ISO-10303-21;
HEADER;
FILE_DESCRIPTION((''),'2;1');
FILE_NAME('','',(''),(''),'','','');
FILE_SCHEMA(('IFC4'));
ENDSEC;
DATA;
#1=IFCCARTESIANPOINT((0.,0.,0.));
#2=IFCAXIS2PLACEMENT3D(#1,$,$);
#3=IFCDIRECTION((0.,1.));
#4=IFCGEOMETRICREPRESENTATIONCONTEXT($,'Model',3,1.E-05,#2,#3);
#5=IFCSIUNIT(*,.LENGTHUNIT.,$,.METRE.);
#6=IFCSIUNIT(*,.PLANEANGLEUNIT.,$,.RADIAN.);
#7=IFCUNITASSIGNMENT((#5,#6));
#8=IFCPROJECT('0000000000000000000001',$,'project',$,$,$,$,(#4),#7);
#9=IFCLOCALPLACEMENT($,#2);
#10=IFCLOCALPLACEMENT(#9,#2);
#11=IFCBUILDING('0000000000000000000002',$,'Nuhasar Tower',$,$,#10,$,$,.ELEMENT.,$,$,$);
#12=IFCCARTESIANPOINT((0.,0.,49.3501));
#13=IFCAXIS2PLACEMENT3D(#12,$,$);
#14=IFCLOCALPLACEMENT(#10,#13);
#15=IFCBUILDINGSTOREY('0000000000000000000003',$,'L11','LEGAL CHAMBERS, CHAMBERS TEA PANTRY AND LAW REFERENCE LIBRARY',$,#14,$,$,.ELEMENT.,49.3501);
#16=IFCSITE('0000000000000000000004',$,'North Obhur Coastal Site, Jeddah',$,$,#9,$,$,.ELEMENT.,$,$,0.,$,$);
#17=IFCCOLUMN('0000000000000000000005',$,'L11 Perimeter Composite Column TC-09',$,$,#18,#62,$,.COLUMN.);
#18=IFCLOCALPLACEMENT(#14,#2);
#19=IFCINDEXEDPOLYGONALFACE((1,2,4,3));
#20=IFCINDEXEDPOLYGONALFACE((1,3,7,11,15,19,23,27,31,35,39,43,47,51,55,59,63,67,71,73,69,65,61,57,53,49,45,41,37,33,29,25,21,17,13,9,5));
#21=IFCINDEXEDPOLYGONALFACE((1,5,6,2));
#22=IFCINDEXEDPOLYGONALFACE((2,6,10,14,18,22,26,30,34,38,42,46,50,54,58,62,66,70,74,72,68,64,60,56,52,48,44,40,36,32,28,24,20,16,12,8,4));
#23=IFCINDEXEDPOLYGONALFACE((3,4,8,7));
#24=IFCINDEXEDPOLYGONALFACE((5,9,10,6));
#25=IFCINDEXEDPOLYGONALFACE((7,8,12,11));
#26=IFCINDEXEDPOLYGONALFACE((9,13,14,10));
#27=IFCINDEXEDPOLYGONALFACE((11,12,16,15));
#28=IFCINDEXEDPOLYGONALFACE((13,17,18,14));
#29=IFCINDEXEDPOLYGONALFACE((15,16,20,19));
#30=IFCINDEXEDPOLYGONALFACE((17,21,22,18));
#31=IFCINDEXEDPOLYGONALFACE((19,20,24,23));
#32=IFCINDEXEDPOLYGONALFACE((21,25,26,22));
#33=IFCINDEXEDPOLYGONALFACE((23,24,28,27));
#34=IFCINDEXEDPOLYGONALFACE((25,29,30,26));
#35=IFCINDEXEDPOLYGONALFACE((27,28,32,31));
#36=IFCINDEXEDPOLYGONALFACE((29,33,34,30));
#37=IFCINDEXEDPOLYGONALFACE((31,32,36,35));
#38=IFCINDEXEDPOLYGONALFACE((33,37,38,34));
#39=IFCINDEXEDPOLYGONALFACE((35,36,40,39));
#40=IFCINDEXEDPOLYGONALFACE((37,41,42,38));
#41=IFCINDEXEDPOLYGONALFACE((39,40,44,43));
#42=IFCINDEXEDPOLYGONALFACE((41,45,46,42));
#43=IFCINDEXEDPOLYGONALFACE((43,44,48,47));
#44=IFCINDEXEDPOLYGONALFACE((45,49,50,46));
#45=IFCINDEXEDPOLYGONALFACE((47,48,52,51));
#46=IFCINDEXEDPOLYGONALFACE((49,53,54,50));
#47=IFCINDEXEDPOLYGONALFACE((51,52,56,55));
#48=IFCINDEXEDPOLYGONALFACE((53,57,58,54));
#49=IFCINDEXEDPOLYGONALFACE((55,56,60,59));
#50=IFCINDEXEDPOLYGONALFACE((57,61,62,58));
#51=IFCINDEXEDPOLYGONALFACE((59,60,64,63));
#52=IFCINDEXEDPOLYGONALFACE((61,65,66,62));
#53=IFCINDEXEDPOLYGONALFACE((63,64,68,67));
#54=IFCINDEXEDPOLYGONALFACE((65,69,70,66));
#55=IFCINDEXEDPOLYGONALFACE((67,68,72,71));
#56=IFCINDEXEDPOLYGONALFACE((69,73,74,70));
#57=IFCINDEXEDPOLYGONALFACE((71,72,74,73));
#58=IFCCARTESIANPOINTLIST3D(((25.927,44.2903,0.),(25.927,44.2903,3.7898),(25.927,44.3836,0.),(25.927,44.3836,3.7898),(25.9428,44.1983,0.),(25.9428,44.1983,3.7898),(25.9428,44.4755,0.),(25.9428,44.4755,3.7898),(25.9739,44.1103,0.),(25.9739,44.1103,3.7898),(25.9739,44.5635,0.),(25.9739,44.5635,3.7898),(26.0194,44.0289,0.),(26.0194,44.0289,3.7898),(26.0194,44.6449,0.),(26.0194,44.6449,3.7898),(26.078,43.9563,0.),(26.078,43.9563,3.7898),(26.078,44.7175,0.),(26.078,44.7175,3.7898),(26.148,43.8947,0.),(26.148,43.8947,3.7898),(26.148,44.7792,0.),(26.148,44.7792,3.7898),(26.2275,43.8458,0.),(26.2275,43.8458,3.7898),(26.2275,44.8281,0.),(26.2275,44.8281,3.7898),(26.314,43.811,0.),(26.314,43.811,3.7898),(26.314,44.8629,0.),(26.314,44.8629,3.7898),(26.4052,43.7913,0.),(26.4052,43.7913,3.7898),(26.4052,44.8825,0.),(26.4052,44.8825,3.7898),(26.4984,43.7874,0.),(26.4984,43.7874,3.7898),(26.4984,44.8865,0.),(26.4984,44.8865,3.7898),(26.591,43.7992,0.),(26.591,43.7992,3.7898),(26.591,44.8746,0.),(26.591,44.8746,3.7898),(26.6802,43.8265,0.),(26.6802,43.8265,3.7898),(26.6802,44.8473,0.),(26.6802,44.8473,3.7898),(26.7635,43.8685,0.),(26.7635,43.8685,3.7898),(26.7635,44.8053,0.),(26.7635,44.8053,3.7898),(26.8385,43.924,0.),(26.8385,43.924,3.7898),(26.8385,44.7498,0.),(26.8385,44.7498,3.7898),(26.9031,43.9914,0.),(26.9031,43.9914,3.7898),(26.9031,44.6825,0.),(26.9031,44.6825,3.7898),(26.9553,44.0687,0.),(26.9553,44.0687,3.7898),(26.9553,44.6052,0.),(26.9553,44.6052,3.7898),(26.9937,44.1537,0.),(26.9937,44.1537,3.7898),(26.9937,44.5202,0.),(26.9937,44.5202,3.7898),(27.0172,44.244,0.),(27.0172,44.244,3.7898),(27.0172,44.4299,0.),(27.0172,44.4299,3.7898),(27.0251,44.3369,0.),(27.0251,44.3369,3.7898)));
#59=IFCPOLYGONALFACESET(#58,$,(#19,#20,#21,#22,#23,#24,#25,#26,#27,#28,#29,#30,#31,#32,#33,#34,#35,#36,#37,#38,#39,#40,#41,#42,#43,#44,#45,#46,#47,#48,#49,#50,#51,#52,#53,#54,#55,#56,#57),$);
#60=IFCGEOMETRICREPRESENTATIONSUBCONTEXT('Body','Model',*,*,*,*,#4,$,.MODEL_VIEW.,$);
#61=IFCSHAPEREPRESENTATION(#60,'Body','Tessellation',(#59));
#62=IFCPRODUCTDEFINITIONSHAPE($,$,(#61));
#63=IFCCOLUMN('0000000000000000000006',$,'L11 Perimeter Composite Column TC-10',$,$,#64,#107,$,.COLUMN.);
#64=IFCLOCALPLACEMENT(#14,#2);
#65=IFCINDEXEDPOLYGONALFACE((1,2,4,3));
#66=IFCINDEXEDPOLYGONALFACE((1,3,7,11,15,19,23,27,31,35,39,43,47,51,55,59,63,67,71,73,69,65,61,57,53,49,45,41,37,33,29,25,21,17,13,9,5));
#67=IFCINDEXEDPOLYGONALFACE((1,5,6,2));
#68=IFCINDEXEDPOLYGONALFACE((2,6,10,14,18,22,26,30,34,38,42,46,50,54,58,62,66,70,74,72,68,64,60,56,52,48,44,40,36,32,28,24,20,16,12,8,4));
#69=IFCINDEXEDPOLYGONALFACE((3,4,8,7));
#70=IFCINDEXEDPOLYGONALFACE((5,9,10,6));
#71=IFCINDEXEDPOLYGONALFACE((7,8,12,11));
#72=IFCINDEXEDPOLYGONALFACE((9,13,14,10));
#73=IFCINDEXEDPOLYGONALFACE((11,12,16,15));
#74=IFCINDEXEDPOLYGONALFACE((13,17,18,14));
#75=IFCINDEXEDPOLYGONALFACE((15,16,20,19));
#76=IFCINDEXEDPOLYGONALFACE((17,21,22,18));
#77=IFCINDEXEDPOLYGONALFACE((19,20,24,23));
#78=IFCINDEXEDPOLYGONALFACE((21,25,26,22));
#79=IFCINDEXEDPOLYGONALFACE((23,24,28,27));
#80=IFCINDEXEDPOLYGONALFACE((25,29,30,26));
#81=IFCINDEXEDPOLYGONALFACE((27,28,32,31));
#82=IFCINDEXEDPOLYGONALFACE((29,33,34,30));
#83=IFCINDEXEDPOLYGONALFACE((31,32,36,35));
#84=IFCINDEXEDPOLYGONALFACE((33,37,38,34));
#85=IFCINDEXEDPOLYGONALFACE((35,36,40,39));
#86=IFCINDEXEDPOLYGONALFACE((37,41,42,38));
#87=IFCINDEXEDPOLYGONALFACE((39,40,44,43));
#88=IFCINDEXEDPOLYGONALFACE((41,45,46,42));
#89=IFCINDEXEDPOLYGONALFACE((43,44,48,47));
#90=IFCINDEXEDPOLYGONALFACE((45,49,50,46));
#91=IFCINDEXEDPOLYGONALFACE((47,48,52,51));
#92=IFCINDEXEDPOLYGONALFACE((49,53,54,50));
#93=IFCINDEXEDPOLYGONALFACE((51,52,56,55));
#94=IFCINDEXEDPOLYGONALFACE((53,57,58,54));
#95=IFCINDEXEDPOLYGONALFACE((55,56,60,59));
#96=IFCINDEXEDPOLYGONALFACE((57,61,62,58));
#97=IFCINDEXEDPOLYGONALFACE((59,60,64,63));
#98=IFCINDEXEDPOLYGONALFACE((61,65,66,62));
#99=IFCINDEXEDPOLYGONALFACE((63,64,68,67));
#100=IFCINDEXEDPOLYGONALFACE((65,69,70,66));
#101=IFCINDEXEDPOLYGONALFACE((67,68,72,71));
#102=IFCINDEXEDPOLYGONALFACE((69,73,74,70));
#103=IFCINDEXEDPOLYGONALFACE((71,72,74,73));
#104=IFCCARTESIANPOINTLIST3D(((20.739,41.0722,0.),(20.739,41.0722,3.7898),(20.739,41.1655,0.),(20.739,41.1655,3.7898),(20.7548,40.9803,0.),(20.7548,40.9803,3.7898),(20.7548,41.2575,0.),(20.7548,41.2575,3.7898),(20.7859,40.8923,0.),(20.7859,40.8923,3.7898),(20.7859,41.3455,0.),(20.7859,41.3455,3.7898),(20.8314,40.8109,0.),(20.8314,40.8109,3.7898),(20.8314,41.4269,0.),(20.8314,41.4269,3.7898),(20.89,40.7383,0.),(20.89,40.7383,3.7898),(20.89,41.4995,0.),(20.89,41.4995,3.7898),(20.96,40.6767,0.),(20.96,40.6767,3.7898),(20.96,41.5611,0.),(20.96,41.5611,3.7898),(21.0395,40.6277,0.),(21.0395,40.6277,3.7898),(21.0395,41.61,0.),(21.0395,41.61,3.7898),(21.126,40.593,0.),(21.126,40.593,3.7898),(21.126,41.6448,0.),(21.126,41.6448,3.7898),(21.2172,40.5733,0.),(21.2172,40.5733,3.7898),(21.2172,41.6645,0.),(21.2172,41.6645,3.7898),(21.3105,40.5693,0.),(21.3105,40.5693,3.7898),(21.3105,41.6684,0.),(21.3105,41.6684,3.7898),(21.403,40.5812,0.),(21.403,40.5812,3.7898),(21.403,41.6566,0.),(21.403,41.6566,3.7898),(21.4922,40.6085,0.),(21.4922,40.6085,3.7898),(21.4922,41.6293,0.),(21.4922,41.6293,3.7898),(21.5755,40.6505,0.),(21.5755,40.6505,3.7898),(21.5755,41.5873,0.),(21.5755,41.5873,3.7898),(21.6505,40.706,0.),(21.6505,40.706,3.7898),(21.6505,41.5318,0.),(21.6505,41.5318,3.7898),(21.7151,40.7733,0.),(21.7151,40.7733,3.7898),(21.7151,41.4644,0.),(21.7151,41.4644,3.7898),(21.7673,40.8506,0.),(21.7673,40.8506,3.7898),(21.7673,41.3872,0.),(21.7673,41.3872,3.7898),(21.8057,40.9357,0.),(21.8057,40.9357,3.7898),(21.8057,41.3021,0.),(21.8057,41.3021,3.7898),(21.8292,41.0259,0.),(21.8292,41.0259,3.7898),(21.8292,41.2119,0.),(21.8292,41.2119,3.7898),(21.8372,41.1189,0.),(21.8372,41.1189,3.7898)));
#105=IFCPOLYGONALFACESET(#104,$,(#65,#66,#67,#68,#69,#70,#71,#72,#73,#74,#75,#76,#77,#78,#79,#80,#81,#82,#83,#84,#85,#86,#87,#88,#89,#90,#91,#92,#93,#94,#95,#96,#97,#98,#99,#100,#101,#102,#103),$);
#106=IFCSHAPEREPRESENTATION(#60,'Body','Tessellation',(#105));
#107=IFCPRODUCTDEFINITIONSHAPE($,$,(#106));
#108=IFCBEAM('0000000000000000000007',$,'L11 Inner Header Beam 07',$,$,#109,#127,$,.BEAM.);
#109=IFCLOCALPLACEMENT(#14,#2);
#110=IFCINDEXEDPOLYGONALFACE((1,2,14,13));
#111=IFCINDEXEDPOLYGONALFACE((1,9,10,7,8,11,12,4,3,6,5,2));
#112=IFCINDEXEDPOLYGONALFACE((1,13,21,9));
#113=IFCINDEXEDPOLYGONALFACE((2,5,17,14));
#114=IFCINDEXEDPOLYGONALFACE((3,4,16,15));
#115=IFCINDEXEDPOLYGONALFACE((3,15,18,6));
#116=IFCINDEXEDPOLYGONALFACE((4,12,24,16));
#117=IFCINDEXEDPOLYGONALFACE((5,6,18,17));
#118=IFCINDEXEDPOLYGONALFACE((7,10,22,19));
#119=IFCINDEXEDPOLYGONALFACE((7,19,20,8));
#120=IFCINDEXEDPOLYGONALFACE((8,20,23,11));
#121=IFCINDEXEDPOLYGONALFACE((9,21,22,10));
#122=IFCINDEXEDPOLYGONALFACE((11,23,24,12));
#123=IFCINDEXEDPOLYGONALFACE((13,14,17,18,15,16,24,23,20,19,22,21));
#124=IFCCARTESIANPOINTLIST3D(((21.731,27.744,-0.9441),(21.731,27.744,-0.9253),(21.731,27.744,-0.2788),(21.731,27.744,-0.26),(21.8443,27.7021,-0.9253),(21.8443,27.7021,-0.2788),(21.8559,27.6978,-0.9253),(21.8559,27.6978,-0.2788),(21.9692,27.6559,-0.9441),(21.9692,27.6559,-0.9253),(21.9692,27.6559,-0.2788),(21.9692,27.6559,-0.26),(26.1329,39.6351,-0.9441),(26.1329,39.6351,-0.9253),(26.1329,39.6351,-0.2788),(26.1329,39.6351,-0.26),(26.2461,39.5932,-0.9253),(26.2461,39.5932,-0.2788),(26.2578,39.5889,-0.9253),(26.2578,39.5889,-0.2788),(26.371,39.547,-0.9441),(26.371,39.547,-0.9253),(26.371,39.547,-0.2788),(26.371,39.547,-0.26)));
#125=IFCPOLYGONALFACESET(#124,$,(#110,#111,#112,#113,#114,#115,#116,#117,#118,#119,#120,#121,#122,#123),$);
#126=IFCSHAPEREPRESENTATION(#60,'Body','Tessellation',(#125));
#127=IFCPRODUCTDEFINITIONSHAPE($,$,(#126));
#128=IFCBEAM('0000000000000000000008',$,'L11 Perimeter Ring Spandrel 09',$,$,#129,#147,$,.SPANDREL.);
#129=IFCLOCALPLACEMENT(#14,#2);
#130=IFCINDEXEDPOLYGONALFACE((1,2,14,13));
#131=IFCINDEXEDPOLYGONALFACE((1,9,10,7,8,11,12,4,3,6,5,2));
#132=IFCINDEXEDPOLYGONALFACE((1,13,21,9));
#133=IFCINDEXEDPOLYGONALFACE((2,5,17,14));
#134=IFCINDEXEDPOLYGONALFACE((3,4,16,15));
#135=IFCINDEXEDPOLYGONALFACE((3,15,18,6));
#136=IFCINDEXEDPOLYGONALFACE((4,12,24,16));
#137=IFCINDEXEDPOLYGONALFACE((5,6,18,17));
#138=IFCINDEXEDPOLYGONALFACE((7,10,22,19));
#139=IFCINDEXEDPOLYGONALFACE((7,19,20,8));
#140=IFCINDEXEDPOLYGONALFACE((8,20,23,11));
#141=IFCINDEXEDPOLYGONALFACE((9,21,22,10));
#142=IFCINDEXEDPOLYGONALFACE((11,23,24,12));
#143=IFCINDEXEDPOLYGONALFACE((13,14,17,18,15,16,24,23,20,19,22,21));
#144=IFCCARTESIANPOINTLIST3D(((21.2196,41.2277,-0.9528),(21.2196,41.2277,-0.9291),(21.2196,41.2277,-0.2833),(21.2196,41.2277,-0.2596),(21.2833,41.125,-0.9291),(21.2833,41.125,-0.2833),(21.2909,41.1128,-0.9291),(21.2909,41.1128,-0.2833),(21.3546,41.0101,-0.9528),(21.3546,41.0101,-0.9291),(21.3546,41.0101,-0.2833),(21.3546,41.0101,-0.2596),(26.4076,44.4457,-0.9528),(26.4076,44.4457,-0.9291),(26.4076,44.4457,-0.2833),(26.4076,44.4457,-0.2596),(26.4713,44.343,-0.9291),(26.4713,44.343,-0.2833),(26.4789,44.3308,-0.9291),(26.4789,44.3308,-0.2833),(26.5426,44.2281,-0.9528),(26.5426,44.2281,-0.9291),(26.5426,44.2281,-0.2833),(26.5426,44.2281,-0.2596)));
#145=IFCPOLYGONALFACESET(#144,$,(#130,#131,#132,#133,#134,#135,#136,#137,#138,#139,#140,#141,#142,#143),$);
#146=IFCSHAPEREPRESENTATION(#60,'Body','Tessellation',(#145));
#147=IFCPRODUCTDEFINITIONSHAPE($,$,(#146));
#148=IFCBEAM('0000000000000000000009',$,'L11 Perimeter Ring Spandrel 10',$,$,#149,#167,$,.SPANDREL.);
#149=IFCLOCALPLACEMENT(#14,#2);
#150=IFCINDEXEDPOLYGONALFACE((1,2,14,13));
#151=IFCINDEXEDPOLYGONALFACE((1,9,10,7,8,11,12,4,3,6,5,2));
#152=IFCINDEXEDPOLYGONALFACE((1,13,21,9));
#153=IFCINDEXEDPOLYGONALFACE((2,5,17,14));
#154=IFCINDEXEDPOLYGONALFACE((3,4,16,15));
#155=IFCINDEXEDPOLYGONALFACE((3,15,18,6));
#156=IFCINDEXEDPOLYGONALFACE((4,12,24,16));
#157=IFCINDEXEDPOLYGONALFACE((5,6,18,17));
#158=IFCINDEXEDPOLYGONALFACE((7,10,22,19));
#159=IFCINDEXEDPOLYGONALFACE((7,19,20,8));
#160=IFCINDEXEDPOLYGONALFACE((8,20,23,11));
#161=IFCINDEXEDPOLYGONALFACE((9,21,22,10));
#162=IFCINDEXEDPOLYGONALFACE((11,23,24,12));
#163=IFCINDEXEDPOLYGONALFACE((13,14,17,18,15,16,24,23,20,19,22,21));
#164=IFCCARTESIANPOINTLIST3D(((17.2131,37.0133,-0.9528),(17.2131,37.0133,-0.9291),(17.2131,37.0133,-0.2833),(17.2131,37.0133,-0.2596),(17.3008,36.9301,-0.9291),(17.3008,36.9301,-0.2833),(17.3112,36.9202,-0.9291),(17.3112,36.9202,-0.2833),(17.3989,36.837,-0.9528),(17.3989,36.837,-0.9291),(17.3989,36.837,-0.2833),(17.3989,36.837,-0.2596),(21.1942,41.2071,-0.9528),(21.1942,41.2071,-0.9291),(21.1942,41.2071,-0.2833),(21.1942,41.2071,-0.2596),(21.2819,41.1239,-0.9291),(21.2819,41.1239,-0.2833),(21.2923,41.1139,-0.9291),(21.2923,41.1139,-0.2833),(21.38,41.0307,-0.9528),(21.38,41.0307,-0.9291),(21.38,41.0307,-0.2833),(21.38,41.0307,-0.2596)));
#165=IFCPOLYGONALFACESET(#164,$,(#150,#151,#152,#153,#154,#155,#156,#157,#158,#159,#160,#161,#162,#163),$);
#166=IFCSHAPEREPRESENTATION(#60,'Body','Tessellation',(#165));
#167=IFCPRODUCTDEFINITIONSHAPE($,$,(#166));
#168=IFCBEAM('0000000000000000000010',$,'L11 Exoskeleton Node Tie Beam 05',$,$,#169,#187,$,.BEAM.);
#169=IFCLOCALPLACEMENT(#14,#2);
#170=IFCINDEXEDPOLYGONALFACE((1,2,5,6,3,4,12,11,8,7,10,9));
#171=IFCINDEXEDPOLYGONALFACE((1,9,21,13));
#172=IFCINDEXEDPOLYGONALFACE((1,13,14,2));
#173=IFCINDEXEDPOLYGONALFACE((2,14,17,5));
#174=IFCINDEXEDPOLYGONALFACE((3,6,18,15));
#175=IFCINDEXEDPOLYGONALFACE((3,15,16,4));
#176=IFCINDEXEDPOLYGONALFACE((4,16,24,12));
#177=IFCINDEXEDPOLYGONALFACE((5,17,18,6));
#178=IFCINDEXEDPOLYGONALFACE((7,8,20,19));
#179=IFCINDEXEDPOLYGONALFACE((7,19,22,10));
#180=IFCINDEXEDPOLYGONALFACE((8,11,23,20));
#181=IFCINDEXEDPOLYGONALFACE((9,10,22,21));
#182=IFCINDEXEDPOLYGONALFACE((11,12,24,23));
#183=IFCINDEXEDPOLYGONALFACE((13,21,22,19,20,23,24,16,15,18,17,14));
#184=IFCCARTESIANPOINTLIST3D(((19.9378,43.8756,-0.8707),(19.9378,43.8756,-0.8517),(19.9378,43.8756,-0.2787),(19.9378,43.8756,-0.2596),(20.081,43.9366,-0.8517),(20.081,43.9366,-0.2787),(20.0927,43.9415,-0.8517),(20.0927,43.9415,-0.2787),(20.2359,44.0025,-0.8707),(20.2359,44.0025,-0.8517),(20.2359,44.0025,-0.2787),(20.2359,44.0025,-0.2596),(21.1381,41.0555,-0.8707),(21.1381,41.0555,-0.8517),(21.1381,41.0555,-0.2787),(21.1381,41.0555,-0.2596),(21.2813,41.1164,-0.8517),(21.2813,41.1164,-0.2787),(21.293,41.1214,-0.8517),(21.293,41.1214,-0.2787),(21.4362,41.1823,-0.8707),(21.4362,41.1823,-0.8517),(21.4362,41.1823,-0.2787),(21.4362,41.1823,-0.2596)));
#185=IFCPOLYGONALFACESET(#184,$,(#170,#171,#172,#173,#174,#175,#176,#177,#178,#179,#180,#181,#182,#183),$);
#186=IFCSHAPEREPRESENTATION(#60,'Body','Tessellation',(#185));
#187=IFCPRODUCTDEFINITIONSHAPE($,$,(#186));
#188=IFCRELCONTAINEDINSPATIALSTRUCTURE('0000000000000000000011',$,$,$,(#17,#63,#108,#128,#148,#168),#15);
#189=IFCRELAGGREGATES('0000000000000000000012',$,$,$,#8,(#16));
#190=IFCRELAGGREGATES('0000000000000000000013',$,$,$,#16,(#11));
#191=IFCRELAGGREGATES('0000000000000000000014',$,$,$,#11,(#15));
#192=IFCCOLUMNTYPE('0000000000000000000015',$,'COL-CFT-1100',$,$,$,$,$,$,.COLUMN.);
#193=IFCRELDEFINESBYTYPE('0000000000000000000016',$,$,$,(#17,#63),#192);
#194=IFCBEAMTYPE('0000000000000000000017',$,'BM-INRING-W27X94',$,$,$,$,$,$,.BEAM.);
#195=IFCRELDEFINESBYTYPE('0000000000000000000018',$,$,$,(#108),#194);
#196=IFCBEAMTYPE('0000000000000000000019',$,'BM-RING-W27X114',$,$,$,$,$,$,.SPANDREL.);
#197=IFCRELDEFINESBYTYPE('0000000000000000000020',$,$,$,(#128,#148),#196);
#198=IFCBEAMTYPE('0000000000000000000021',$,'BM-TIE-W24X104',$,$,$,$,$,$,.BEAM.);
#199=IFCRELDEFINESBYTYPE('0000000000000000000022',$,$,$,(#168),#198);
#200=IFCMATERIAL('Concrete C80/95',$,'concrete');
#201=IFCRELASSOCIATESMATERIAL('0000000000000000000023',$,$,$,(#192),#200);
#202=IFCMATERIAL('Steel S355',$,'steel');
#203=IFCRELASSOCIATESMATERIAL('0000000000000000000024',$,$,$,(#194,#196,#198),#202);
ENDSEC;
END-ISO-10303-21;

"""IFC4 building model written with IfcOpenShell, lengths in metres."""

from ifc_helpers import new_model, si_unit, direction, frame, origin, origin_2d, place, context, subcontext, project, spatial, circle, i_section, extrude, material, material_profile, profile_set, type_object, element, save


model = new_model("IFC4")

# Units and contexts
model_context = context("Model", 3, precision=1e-05, world=origin(), true_north=direction((0.0, 1.0)))
body_context = subcontext(model_context, "Body", "Model", "MODEL_VIEW")
ifc_project = project(units=[si_unit("LENGTHUNIT", "METRE"), si_unit("PLANEANGLEUNIT", "RADIAN")], contexts=[model_context])

# Site, building, storey
site_placement = place(None, origin())
site = spatial("IfcSite", under=ifc_project, at=site_placement, Name="North Obhur Coastal Site, Jeddah", CompositionType="ELEMENT", RefElevation=0.0)
building_placement = place(site_placement, origin())
building = spatial("IfcBuilding", under=site, at=building_placement, Name="Nuhasar Tower", CompositionType="ELEMENT")
storey_placement = place(building_placement, frame((0.0, 0.0, 49.3501)))
storey = spatial("IfcBuildingStorey", under=building, at=storey_placement, Name="L11", Description="LEGAL CHAMBERS, CHAMBERS TEA PANTRY AND LAW REFERENCE LIBRARY", CompositionType="ELEMENT", Elevation=49.3501)

# Columns
ifc_material_1 = material(Name="Concrete C80/95", Category="concrete")
ifc_material_profile_1 = material_profile(ifc_material_1, circle(Radius=0.55, at=origin_2d()), Name="CFT1100")
ifc_profile_set_1 = profile_set([ifc_material_profile_1], Name="Concrete C80/95")
column_type = type_object("IfcColumnType", Name="COL-CFT-1100", PredefinedType="COLUMN", material=ifc_profile_set_1)
for number, where, z_axis, x_axis, name in (
    (1, (26.4751, 44.3369, 0.0), (0.0, 0.0, 1.0), (1.0, 0.0, 0.0), "L11 Perimeter Composite Column TC-09"),
    (2, (21.2871, 41.1189, 0.0), (0.0, 0.0, 1.0), (1.0, 0.0, 0.0), "L11 Perimeter Composite Column TC-10"),
):
    element("IfcColumn", number, at=place(storey_placement, frame(where, z_axis=z_axis, x_axis=x_axis)), inside=storey, type_object=column_type, Name=name, PredefinedType="COLUMN", context=body_context, shape_type="SweptSolid", body=[
        extrude(circle(Radius=0.55, at=origin_2d()), origin(), (0.0, 0.0, 1.0), 3.7898),
    ])

# Beams
ifc_material_2 = material(Name="Steel S355", Category="steel")
ifc_material_profile_2 = material_profile(ifc_material_2, i_section(OverallWidth=0.2539, OverallDepth=0.6841, WebThickness=0.0125, FlangeThickness=0.0188, at=origin_2d()), Name="W27X94")
ifc_profile_set_2 = profile_set([ifc_material_profile_2], Name="Steel S355")
beam_type_1 = type_object("IfcBeamType", Name="BM-INRING-W27X94", PredefinedType="BEAM", material=ifc_profile_set_2)
beam_1_placement = place(storey_placement, frame((26.252, 39.5911, -0.6021), z_axis=(-0.347158, -0.937807, 0.0), x_axis=(0.937807, -0.347158, 0.0)))
element("IfcBeam", 3, at=beam_1_placement, inside=storey, type_object=beam_type_1, Name="L11 Inner Header Beam 07", PredefinedType="BEAM", context=body_context, shape_type="SweptSolid", body=[
    extrude(i_section(OverallWidth=0.2539, OverallDepth=0.6841, WebThickness=0.0125, FlangeThickness=0.0188, at=origin_2d()), origin(), (0.0, 0.0, 1.0), 12.6797),
])
ifc_material_profile_3 = material_profile(ifc_material_2, i_section(OverallWidth=0.2561, OverallDepth=0.6931, WebThickness=0.0144, FlangeThickness=0.0237, at=origin_2d()), Name="W27X114")
ifc_profile_set_3 = profile_set([ifc_material_profile_3], Name="Steel S355")
beam_type_2 = type_object("IfcBeamType", Name="BM-RING-W27X114", PredefinedType="SPANDREL", material=ifc_profile_set_3)
beam_2_placement = place(storey_placement, frame((26.4751, 44.3369, -0.6062), z_axis=(-0.849795, -0.527113, 0.0), x_axis=(0.527113, -0.849795, 0.0)))
element("IfcBeam", 4, at=beam_2_placement, inside=storey, type_object=beam_type_2, Name="L11 Perimeter Ring Spandrel 09", PredefinedType="SPANDREL", context=body_context, shape_type="SweptSolid", body=[
    extrude(i_section(OverallWidth=0.2561, OverallDepth=0.6931, WebThickness=0.0144, FlangeThickness=0.0237, at=origin_2d()), origin(), (0.0, 0.0, 1.0), 6.105),
])
beam_3_placement = place(storey_placement, frame((21.2871, 41.1189, -0.6062), z_axis=(-0.688481, -0.725254, 0.0), x_axis=(0.725254, -0.688481, 0.0)))
element("IfcBeam", 5, at=beam_3_placement, inside=storey, type_object=beam_type_2, Name="L11 Perimeter Ring Spandrel 10", PredefinedType="SPANDREL", context=body_context, shape_type="SweptSolid", body=[
    extrude(i_section(OverallWidth=0.2561, OverallDepth=0.6931, WebThickness=0.0144, FlangeThickness=0.0237, at=origin_2d()), origin(), (0.0, 0.0, 1.0), 5.7825),
])
ifc_material_profile_4 = material_profile(ifc_material_2, i_section(OverallWidth=0.324, OverallDepth=0.6111, WebThickness=0.0127, FlangeThickness=0.019, at=origin_2d()), Name="W24X104")
ifc_profile_set_4 = profile_set([ifc_material_profile_4], Name="Steel S355")
beam_type_3 = type_object("IfcBeamType", Name="BM-TIE-W24X104", PredefinedType="BEAM", material=ifc_profile_set_4)
beam_4_placement = place(storey_placement, frame((21.2871, 41.1189, -0.5652), z_axis=(-0.391601, 0.920135, 0.0), x_axis=(-0.920135, -0.391601, 0.0)))
element("IfcBeam", 6, at=beam_4_placement, inside=storey, type_object=beam_type_3, Name="L11 Exoskeleton Node Tie Beam 05", PredefinedType="BEAM", context=body_context, shape_type="SweptSolid", body=[
    extrude(i_section(OverallWidth=0.324, OverallDepth=0.6111, WebThickness=0.0127, FlangeThickness=0.019, at=origin_2d()), origin(), (0.0, 0.0, 1.0), 3.0649),
])

save(model, "model.ifc")
